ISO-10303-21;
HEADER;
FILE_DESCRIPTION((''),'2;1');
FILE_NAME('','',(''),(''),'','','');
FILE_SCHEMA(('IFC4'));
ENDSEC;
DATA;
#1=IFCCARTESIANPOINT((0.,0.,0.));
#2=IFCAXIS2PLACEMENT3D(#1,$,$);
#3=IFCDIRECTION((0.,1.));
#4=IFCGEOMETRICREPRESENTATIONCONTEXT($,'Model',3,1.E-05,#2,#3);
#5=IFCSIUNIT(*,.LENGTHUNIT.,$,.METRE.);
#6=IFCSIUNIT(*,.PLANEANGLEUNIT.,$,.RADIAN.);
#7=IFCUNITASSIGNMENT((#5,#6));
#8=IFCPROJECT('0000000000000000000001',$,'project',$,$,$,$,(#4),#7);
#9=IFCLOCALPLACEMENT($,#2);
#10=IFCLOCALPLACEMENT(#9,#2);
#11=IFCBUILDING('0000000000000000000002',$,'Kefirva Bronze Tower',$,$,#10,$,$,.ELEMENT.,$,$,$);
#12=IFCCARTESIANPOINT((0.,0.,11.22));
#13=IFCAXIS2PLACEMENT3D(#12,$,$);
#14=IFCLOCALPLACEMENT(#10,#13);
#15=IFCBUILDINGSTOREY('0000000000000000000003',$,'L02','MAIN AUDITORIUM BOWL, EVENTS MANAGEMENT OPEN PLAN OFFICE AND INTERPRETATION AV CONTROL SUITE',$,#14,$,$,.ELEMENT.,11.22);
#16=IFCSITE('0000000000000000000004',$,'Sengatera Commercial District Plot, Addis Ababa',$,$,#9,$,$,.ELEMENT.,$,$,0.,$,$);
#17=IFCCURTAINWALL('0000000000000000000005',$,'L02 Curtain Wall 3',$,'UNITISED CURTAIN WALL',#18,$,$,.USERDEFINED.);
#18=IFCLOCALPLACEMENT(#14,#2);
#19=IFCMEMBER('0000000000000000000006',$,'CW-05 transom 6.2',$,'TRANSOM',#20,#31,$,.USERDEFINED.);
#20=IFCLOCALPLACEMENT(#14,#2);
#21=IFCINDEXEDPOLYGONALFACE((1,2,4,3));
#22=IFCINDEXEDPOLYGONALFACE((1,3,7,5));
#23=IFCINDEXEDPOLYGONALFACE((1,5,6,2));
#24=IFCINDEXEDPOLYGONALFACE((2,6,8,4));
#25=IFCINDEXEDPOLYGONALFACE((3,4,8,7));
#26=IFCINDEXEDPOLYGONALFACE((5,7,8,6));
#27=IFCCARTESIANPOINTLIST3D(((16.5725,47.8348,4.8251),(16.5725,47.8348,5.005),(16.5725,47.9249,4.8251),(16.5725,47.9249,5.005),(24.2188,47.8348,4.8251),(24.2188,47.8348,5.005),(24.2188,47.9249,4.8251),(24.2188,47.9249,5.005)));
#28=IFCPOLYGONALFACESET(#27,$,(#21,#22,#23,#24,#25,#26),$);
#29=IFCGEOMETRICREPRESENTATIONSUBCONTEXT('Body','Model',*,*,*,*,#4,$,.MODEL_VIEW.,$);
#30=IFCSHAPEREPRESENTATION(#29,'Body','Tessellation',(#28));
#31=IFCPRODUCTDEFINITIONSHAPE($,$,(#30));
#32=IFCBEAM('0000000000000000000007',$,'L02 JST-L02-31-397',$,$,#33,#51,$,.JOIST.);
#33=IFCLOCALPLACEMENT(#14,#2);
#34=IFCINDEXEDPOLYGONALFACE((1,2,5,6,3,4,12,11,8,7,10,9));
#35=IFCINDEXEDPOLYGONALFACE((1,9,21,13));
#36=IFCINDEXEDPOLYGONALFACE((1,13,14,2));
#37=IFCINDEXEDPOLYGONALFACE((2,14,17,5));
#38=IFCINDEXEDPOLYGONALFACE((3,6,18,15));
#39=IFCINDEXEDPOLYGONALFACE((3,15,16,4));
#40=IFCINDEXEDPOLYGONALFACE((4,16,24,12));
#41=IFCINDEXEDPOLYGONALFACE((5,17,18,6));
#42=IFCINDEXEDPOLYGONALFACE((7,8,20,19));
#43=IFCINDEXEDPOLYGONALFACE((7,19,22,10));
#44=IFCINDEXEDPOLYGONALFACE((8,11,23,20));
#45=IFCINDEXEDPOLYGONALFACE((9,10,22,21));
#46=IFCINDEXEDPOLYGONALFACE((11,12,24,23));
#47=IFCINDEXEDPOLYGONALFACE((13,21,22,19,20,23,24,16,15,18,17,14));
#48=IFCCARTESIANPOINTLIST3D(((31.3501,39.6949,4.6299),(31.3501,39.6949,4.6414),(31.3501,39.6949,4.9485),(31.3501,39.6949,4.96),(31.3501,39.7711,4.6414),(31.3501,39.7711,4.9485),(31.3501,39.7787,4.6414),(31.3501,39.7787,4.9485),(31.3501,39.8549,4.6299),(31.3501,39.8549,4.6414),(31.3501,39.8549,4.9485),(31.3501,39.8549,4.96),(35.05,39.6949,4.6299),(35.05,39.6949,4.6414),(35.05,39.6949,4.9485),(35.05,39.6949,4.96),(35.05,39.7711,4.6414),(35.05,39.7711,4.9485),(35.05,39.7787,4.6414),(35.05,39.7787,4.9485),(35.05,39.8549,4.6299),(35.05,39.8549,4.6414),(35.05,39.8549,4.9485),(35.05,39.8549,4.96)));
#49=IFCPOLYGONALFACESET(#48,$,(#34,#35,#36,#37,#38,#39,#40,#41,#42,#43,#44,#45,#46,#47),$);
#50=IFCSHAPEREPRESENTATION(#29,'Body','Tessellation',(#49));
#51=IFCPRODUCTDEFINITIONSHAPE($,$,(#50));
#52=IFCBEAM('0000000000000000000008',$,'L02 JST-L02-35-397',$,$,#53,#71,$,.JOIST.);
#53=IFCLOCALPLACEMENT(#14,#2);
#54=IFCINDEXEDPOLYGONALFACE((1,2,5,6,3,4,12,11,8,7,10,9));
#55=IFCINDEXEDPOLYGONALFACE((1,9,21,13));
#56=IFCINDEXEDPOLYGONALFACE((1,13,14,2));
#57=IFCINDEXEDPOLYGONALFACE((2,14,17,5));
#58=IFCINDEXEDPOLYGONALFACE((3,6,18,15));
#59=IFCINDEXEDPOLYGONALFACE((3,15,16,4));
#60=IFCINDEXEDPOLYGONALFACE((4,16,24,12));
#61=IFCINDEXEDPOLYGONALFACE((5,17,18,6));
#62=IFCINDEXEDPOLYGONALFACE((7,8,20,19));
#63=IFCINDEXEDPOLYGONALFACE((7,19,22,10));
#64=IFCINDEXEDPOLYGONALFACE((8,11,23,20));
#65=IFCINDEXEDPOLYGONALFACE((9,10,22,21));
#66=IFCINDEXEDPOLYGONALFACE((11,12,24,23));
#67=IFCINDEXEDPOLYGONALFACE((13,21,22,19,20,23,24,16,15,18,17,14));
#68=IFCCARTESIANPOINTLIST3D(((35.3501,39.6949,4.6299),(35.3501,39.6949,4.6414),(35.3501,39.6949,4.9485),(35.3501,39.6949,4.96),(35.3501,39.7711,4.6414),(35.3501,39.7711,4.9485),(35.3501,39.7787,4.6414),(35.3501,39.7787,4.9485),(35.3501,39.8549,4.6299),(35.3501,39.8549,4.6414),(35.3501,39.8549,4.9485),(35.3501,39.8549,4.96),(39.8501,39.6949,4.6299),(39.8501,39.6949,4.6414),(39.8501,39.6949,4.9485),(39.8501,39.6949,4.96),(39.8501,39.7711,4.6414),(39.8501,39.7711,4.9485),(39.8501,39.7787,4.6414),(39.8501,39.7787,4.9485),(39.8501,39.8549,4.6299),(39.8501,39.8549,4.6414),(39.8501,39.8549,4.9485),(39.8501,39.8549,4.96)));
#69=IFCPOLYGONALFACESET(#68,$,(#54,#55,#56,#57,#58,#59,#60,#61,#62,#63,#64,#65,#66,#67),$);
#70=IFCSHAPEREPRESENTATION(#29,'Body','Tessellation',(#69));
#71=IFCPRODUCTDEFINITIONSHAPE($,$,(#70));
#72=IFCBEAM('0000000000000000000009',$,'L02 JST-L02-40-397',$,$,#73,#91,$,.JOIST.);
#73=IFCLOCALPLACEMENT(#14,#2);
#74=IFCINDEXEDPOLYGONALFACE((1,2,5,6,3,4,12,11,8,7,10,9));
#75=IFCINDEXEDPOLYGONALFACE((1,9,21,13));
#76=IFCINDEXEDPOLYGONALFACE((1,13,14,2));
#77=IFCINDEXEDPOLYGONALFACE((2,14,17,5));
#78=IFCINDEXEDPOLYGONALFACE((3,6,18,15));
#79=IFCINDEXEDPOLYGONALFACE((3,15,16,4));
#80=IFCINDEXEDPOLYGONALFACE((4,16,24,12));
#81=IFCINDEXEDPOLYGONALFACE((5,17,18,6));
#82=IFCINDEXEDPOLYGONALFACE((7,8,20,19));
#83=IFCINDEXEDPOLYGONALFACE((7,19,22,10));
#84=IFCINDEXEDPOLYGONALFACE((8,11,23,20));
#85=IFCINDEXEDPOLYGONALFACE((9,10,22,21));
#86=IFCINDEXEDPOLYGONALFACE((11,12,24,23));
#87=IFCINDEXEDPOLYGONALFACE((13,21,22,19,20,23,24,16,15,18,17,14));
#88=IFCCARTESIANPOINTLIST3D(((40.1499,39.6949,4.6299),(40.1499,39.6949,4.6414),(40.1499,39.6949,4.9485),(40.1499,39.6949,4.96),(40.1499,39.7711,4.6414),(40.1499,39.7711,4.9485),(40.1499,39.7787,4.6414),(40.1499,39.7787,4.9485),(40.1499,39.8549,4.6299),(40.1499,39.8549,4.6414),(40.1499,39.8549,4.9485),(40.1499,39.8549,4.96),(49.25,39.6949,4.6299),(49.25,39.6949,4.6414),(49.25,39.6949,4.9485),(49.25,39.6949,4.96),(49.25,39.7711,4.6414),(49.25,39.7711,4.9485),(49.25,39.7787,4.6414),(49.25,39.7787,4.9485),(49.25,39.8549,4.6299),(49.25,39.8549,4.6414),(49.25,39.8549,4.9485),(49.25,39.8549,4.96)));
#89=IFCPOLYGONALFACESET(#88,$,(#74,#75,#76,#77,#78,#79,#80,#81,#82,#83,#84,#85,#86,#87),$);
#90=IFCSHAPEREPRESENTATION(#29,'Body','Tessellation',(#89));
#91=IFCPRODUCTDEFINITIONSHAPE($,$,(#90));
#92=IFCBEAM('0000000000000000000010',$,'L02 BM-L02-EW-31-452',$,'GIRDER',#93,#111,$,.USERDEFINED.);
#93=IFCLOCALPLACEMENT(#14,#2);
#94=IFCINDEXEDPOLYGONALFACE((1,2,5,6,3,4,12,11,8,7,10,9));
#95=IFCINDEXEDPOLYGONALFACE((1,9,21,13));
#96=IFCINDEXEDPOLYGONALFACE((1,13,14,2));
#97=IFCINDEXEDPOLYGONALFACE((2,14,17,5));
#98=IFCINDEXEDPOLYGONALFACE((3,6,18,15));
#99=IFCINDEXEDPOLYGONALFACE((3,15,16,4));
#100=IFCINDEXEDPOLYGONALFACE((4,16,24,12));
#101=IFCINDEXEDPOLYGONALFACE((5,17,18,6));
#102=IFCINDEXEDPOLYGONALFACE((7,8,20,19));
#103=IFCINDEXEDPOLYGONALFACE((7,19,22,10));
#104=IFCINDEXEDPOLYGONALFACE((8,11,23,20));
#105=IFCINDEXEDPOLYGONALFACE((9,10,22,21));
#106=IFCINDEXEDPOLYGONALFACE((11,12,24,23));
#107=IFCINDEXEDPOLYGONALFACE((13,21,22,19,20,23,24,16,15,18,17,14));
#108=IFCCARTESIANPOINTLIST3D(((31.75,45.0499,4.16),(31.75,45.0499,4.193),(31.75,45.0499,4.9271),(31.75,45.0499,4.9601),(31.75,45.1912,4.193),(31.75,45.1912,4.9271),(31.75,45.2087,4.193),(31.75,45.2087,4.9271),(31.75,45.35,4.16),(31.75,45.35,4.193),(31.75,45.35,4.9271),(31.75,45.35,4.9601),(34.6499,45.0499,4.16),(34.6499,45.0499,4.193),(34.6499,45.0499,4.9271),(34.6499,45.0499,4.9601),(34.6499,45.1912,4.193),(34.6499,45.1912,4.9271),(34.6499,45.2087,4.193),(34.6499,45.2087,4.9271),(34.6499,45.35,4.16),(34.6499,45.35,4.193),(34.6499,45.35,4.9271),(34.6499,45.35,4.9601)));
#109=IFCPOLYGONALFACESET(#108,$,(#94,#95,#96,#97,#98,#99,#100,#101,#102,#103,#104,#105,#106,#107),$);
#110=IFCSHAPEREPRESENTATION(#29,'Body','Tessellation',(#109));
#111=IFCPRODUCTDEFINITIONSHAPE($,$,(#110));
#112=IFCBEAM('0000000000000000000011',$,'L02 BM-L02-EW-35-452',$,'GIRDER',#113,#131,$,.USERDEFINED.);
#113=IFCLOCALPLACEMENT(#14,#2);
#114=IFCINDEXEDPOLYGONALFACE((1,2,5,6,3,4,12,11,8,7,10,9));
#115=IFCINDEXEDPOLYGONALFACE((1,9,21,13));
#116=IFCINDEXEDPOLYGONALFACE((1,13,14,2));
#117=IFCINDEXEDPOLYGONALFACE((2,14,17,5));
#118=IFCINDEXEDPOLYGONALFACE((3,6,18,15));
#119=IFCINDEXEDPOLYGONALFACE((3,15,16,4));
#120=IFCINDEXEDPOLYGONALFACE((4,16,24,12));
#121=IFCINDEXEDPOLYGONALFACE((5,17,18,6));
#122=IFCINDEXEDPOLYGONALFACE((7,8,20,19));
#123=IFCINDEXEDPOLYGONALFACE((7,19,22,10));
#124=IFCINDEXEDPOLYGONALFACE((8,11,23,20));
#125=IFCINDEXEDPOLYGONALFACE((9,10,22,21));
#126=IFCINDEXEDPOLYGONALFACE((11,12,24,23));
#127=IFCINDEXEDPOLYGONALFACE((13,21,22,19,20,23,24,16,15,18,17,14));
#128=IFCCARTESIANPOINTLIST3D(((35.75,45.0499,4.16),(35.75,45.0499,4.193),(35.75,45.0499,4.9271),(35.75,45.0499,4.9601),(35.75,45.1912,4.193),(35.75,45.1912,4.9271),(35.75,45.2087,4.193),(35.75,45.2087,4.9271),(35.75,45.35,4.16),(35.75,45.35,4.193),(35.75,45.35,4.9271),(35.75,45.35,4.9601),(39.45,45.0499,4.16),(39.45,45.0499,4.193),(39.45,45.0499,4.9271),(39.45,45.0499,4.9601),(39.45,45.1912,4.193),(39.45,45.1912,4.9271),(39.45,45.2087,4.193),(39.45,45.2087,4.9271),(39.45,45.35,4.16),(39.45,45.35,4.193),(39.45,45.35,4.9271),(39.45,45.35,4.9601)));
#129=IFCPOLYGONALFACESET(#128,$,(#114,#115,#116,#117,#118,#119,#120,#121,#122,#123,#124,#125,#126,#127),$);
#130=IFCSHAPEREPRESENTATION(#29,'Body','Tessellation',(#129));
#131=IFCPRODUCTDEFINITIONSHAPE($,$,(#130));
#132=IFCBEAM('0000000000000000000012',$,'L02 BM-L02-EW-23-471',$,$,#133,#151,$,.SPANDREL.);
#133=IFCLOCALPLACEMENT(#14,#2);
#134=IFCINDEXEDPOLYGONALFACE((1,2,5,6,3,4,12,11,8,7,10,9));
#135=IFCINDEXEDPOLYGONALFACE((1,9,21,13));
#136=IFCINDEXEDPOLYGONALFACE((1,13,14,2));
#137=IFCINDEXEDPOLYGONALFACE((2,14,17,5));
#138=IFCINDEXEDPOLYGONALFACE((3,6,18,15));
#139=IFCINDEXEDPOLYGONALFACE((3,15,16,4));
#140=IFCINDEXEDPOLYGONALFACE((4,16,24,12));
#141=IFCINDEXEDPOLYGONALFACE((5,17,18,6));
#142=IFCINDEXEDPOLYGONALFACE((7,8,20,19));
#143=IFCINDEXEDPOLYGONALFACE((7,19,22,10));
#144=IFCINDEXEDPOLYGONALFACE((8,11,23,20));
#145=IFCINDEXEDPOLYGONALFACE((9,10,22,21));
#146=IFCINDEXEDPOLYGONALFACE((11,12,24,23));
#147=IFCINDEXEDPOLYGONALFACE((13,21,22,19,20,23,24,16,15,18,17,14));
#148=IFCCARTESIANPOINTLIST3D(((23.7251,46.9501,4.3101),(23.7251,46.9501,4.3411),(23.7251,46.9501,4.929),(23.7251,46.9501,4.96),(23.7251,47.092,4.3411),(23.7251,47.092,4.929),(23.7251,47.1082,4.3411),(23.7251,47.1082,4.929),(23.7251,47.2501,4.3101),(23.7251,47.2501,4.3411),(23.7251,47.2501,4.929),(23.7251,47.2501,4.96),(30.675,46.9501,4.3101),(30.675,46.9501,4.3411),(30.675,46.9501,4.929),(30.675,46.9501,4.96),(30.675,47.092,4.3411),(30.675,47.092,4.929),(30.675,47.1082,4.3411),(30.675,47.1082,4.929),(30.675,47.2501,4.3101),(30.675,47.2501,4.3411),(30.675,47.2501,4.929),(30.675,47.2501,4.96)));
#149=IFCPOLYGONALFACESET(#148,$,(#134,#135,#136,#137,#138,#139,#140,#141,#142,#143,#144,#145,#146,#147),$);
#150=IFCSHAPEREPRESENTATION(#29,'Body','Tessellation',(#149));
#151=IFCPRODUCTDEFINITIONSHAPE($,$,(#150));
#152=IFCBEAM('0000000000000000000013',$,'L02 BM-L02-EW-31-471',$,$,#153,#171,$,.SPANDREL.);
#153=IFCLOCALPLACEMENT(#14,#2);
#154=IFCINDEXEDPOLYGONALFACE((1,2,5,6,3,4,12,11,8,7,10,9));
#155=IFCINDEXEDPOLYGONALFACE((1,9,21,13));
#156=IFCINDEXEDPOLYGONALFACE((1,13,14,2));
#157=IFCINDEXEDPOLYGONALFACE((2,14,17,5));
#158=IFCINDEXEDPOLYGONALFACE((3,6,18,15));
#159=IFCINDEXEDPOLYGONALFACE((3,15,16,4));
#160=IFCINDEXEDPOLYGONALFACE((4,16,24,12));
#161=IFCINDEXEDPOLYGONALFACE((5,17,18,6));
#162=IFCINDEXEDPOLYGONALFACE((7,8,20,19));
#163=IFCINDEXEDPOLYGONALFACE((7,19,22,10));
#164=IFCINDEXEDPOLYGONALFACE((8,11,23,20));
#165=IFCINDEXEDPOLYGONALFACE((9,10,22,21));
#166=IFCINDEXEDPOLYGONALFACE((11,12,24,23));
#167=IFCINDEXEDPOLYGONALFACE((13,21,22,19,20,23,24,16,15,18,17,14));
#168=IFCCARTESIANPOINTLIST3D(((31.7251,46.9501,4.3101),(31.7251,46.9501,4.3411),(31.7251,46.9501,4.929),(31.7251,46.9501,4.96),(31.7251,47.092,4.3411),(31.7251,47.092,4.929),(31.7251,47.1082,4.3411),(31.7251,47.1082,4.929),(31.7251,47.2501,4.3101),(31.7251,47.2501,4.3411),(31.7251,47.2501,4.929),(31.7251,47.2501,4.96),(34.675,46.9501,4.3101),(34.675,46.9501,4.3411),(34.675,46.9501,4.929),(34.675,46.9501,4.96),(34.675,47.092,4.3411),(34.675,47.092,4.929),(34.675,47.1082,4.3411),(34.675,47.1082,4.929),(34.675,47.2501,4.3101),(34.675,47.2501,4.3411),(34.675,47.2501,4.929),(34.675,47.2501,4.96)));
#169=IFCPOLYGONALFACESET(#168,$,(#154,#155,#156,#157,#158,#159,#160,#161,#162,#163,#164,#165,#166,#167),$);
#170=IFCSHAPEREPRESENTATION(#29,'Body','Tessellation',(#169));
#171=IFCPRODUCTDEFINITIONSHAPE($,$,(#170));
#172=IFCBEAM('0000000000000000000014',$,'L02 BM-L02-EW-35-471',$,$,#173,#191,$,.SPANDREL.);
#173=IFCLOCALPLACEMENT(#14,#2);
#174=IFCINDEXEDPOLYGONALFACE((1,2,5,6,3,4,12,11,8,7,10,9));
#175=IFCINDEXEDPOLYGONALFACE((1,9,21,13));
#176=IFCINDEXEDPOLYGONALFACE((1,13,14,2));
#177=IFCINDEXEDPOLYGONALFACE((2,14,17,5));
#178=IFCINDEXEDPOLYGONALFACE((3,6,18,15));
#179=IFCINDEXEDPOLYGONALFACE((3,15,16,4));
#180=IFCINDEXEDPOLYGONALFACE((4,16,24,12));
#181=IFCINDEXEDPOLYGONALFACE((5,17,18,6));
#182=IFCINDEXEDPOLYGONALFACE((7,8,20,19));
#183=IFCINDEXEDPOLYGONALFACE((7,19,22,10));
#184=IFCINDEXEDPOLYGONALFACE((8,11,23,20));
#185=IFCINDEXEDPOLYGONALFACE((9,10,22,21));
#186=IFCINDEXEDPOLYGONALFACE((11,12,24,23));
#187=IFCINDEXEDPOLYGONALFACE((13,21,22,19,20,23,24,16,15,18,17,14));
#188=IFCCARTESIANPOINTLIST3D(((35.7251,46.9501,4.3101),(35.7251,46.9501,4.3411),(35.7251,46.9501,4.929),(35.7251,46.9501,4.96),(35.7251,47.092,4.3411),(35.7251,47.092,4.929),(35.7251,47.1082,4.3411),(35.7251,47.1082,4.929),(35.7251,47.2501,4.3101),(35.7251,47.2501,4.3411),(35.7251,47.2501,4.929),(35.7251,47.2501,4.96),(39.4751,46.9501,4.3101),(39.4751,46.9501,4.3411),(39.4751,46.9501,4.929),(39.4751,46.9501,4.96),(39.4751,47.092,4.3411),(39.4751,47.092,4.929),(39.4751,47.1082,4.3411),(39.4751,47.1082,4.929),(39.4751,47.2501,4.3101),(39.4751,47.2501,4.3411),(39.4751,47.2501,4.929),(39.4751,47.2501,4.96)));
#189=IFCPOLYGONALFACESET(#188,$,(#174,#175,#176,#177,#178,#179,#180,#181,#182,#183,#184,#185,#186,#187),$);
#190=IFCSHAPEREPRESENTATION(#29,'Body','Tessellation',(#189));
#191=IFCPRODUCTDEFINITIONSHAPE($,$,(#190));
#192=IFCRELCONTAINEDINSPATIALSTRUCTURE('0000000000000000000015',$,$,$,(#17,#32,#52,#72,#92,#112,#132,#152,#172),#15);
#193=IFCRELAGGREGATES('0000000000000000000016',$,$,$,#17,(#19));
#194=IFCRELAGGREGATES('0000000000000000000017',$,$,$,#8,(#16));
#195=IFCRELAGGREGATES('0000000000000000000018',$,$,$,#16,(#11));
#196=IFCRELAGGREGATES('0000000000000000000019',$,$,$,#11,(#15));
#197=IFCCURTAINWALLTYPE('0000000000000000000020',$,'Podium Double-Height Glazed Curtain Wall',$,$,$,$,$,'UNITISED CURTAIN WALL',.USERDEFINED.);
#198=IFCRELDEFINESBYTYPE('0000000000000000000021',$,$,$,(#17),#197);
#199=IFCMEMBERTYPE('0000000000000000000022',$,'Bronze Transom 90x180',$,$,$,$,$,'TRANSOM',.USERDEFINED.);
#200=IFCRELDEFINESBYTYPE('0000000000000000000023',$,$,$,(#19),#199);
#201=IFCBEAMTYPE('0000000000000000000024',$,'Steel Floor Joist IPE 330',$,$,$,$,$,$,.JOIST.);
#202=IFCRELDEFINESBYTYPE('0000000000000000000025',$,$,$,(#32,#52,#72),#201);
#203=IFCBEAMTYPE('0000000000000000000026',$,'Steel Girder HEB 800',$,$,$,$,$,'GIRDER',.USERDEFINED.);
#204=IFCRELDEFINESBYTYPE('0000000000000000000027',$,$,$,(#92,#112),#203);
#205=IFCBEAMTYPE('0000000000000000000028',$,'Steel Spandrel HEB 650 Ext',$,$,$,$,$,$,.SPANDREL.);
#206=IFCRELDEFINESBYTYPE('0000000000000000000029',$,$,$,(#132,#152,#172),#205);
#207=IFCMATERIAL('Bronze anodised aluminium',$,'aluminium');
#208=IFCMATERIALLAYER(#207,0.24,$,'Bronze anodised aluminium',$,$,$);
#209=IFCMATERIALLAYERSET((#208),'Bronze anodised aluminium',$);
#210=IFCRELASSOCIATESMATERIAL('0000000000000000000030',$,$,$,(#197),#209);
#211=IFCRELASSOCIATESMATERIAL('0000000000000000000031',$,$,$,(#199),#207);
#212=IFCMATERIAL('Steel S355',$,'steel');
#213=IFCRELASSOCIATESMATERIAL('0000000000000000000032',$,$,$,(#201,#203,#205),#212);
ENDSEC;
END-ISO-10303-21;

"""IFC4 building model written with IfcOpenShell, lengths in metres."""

from ifc_helpers import new_model, si_unit, direction, frame, origin, origin_2d, place, context, subcontext, project, spatial, rectangle, i_section, extrude, material, layer, layer_set, material_profile, profile_set, type_object, element, aggregate, save


model = new_model("IFC4")

# Units and contexts
model_context = context("Model", 3, precision=1e-05, world=origin(), true_north=direction((0.0, 1.0)))
body_context = subcontext(model_context, "Body", "Model", "MODEL_VIEW")
ifc_project = project(units=[si_unit("LENGTHUNIT", "METRE"), si_unit("PLANEANGLEUNIT", "RADIAN")], contexts=[model_context])

# Site, building, storey
site_placement = place(None, origin())
site = spatial("IfcSite", under=ifc_project, at=site_placement, Name="Sengatera Commercial District Plot, Addis Ababa", CompositionType="ELEMENT", RefElevation=0.0)
building_placement = place(site_placement, origin())
building = spatial("IfcBuilding", under=site, at=building_placement, Name="Kefirva Bronze Tower", CompositionType="ELEMENT")
storey_placement = place(building_placement, frame((0.0, 0.0, 11.22)))
storey = spatial("IfcBuildingStorey", under=building, at=storey_placement, Name="L02", Description="MAIN AUDITORIUM BOWL, EVENTS MANAGEMENT OPEN PLAN OFFICE AND INTERPRETATION AV CONTROL SUITE", CompositionType="ELEMENT", Elevation=11.22)

# Curtain wall, member
ifc_material_1 = material(Name="Bronze anodised aluminium", Category="aluminium")
ifc_layer_1 = layer(ifc_material_1, 0.24, Name="Bronze anodised aluminium")
ifc_layer_set_1 = layer_set([ifc_layer_1], Name="Bronze anodised aluminium")
curtain_wall_type = type_object("IfcCurtainWallType", Name="Podium Double-Height Glazed Curtain Wall", ElementType="UNITISED CURTAIN WALL", PredefinedType="USERDEFINED", material=ifc_layer_set_1)
curtain_wall_placement = place(storey_placement, origin())
curtain_wall = element("IfcCurtainWall", 1, at=curtain_wall_placement, inside=storey, type_object=curtain_wall_type, Name="L02 Curtain Wall 3", ObjectType="UNITISED CURTAIN WALL", PredefinedType="USERDEFINED")
ifc_material_profile_1 = material_profile(ifc_material_1, rectangle(XDim=0.0901, YDim=0.1799, at=origin_2d()), Name="ALU 90x180")
ifc_profile_set_1 = profile_set([ifc_material_profile_1], Name="Bronze anodised aluminium")
member_type_1 = type_object("IfcMemberType", Name="Bronze Transom 90x180", ElementType="TRANSOM", PredefinedType="USERDEFINED", material=ifc_profile_set_1)
member_1_placement = place(storey_placement, frame((24.2188, 47.8799, 4.915), z_axis=(-1.0, 0.0, 0.0), x_axis=(0.0, -1.0, 0.0)))
member_1 = element("IfcMember", 2, at=member_1_placement, type_object=member_type_1, Name="CW-05 transom 6.2", ObjectType="TRANSOM", PredefinedType="USERDEFINED", context=body_context, shape_type="SweptSolid", body=[
    extrude(rectangle(XDim=0.0901, YDim=0.1799, at=origin_2d()), origin(), (0.0, 0.0, 1.0), 7.6462),
])

# Beams
ifc_material_2 = material(Name="Steel S355", Category="steel")
ifc_material_profile_2 = material_profile(ifc_material_2, i_section(OverallWidth=0.1599, OverallDepth=0.3301, WebThickness=0.0076, FlangeThickness=0.0115, at=origin_2d()), Name="IPE 330")
ifc_profile_set_2 = profile_set([ifc_material_profile_2], Name="Steel S355")
beam_type_1 = type_object("IfcBeamType", Name="Steel Floor Joist IPE 330", PredefinedType="JOIST", material=ifc_profile_set_2)
beam_1_placement = place(storey_placement, frame((31.3501, 39.7749, 4.7949), z_axis=(1.0, 0.0, 0.0), x_axis=(0.0, 1.0, 0.0)))
element("IfcBeam", 3, at=beam_1_placement, inside=storey, type_object=beam_type_1, Name="L02 JST-L02-31-397", PredefinedType="JOIST", context=body_context, shape_type="SweptSolid", body=[
    extrude(i_section(OverallWidth=0.1599, OverallDepth=0.3301, WebThickness=0.0076, FlangeThickness=0.0115, at=origin_2d()), origin(), (0.0, 0.0, 1.0), 3.7),
])
beam_2_placement = place(storey_placement, frame((35.3501, 39.7749, 4.7949), z_axis=(1.0, 0.0, 0.0), x_axis=(0.0, 1.0, 0.0)))
element("IfcBeam", 4, at=beam_2_placement, inside=storey, type_object=beam_type_1, Name="L02 JST-L02-35-397", PredefinedType="JOIST", context=body_context, shape_type="SweptSolid", body=[
    extrude(i_section(OverallWidth=0.1599, OverallDepth=0.3301, WebThickness=0.0076, FlangeThickness=0.0115, at=origin_2d()), origin(), (0.0, 0.0, 1.0), 4.5),
])
beam_3_placement = place(storey_placement, frame((40.1499, 39.7749, 4.7949), z_axis=(1.0, 0.0, 0.0), x_axis=(0.0, 1.0, 0.0)))
element("IfcBeam", 5, at=beam_3_placement, inside=storey, type_object=beam_type_1, Name="L02 JST-L02-40-397", PredefinedType="JOIST", context=body_context, shape_type="SweptSolid", body=[
    extrude(i_section(OverallWidth=0.1599, OverallDepth=0.3301, WebThickness=0.0076, FlangeThickness=0.0115, at=origin_2d()), origin(), (0.0, 0.0, 1.0), 9.1001),
])
ifc_material_profile_3 = material_profile(ifc_material_2, i_section(OverallWidth=0.3, OverallDepth=0.8, WebThickness=0.0176, FlangeThickness=0.033, at=origin_2d()), Name="HEB 800")
ifc_profile_set_3 = profile_set([ifc_material_profile_3], Name="Steel S355")
beam_type_2 = type_object("IfcBeamType", Name="Steel Girder HEB 800", ElementType="GIRDER", PredefinedType="USERDEFINED", material=ifc_profile_set_3)
beam_4_placement = place(storey_placement, frame((31.75, 45.2, 4.5601), z_axis=(1.0, 0.0, 0.0), x_axis=(0.0, 1.0, 0.0)))
element("IfcBeam", 6, at=beam_4_placement, inside=storey, type_object=beam_type_2, Name="L02 BM-L02-EW-31-452", ObjectType="GIRDER", PredefinedType="USERDEFINED", context=body_context, shape_type="SweptSolid", body=[
    extrude(i_section(OverallWidth=0.3, OverallDepth=0.8, WebThickness=0.0176, FlangeThickness=0.033, at=origin_2d()), origin(), (0.0, 0.0, 1.0), 2.8999),
])
beam_5_placement = place(storey_placement, frame((35.75, 45.2, 4.5601), z_axis=(1.0, 0.0, 0.0), x_axis=(0.0, 1.0, 0.0)))
element("IfcBeam", 7, at=beam_5_placement, inside=storey, type_object=beam_type_2, Name="L02 BM-L02-EW-35-452", ObjectType="GIRDER", PredefinedType="USERDEFINED", context=body_context, shape_type="SweptSolid", body=[
    extrude(i_section(OverallWidth=0.3, OverallDepth=0.8, WebThickness=0.0176, FlangeThickness=0.033, at=origin_2d()), origin(), (0.0, 0.0, 1.0), 3.7),
])
ifc_material_profile_4 = material_profile(ifc_material_2, i_section(OverallWidth=0.3, OverallDepth=0.6499, WebThickness=0.0161, FlangeThickness=0.031, at=origin_2d()), Name="HEB 650")
ifc_profile_set_4 = profile_set([ifc_material_profile_4], Name="Steel S355")
beam_type_3 = type_object("IfcBeamType", Name="Steel Spandrel HEB 650 Ext", PredefinedType="SPANDREL", material=ifc_profile_set_4)
beam_6_placement = place(storey_placement, frame((23.7251, 47.1001, 4.635), z_axis=(1.0, 0.0, 0.0), x_axis=(0.0, 1.0, 0.0)))
element("IfcBeam", 8, at=beam_6_placement, inside=storey, type_object=beam_type_3, Name="L02 BM-L02-EW-23-471", PredefinedType="SPANDREL", context=body_context, shape_type="SweptSolid", body=[
    extrude(i_section(OverallWidth=0.3, OverallDepth=0.6499, WebThickness=0.0161, FlangeThickness=0.031, at=origin_2d()), origin(), (0.0, 0.0, 1.0), 6.95),
])
beam_7_placement = place(storey_placement, frame((31.7251, 47.1001, 4.635), z_axis=(1.0, 0.0, 0.0), x_axis=(0.0, 1.0, 0.0)))
element("IfcBeam", 9, at=beam_7_placement, inside=storey, type_object=beam_type_3, Name="L02 BM-L02-EW-31-471", PredefinedType="SPANDREL", context=body_context, shape_type="SweptSolid", body=[
    extrude(i_section(OverallWidth=0.3, OverallDepth=0.6499, WebThickness=0.0161, FlangeThickness=0.031, at=origin_2d()), origin(), (0.0, 0.0, 1.0), 2.95),
])
beam_8_placement = place(storey_placement, frame((35.7251, 47.1001, 4.635), z_axis=(1.0, 0.0, 0.0), x_axis=(0.0, 1.0, 0.0)))
element("IfcBeam", 10, at=beam_8_placement, inside=storey, type_object=beam_type_3, Name="L02 BM-L02-EW-35-471", PredefinedType="SPANDREL", context=body_context, shape_type="SweptSolid", body=[
    extrude(i_section(OverallWidth=0.3, OverallDepth=0.6499, WebThickness=0.0161, FlangeThickness=0.031, at=origin_2d()), origin(), (0.0, 0.0, 1.0), 3.75),
])

aggregate(curtain_wall, [member_1])

save(model, "model.ifc")
